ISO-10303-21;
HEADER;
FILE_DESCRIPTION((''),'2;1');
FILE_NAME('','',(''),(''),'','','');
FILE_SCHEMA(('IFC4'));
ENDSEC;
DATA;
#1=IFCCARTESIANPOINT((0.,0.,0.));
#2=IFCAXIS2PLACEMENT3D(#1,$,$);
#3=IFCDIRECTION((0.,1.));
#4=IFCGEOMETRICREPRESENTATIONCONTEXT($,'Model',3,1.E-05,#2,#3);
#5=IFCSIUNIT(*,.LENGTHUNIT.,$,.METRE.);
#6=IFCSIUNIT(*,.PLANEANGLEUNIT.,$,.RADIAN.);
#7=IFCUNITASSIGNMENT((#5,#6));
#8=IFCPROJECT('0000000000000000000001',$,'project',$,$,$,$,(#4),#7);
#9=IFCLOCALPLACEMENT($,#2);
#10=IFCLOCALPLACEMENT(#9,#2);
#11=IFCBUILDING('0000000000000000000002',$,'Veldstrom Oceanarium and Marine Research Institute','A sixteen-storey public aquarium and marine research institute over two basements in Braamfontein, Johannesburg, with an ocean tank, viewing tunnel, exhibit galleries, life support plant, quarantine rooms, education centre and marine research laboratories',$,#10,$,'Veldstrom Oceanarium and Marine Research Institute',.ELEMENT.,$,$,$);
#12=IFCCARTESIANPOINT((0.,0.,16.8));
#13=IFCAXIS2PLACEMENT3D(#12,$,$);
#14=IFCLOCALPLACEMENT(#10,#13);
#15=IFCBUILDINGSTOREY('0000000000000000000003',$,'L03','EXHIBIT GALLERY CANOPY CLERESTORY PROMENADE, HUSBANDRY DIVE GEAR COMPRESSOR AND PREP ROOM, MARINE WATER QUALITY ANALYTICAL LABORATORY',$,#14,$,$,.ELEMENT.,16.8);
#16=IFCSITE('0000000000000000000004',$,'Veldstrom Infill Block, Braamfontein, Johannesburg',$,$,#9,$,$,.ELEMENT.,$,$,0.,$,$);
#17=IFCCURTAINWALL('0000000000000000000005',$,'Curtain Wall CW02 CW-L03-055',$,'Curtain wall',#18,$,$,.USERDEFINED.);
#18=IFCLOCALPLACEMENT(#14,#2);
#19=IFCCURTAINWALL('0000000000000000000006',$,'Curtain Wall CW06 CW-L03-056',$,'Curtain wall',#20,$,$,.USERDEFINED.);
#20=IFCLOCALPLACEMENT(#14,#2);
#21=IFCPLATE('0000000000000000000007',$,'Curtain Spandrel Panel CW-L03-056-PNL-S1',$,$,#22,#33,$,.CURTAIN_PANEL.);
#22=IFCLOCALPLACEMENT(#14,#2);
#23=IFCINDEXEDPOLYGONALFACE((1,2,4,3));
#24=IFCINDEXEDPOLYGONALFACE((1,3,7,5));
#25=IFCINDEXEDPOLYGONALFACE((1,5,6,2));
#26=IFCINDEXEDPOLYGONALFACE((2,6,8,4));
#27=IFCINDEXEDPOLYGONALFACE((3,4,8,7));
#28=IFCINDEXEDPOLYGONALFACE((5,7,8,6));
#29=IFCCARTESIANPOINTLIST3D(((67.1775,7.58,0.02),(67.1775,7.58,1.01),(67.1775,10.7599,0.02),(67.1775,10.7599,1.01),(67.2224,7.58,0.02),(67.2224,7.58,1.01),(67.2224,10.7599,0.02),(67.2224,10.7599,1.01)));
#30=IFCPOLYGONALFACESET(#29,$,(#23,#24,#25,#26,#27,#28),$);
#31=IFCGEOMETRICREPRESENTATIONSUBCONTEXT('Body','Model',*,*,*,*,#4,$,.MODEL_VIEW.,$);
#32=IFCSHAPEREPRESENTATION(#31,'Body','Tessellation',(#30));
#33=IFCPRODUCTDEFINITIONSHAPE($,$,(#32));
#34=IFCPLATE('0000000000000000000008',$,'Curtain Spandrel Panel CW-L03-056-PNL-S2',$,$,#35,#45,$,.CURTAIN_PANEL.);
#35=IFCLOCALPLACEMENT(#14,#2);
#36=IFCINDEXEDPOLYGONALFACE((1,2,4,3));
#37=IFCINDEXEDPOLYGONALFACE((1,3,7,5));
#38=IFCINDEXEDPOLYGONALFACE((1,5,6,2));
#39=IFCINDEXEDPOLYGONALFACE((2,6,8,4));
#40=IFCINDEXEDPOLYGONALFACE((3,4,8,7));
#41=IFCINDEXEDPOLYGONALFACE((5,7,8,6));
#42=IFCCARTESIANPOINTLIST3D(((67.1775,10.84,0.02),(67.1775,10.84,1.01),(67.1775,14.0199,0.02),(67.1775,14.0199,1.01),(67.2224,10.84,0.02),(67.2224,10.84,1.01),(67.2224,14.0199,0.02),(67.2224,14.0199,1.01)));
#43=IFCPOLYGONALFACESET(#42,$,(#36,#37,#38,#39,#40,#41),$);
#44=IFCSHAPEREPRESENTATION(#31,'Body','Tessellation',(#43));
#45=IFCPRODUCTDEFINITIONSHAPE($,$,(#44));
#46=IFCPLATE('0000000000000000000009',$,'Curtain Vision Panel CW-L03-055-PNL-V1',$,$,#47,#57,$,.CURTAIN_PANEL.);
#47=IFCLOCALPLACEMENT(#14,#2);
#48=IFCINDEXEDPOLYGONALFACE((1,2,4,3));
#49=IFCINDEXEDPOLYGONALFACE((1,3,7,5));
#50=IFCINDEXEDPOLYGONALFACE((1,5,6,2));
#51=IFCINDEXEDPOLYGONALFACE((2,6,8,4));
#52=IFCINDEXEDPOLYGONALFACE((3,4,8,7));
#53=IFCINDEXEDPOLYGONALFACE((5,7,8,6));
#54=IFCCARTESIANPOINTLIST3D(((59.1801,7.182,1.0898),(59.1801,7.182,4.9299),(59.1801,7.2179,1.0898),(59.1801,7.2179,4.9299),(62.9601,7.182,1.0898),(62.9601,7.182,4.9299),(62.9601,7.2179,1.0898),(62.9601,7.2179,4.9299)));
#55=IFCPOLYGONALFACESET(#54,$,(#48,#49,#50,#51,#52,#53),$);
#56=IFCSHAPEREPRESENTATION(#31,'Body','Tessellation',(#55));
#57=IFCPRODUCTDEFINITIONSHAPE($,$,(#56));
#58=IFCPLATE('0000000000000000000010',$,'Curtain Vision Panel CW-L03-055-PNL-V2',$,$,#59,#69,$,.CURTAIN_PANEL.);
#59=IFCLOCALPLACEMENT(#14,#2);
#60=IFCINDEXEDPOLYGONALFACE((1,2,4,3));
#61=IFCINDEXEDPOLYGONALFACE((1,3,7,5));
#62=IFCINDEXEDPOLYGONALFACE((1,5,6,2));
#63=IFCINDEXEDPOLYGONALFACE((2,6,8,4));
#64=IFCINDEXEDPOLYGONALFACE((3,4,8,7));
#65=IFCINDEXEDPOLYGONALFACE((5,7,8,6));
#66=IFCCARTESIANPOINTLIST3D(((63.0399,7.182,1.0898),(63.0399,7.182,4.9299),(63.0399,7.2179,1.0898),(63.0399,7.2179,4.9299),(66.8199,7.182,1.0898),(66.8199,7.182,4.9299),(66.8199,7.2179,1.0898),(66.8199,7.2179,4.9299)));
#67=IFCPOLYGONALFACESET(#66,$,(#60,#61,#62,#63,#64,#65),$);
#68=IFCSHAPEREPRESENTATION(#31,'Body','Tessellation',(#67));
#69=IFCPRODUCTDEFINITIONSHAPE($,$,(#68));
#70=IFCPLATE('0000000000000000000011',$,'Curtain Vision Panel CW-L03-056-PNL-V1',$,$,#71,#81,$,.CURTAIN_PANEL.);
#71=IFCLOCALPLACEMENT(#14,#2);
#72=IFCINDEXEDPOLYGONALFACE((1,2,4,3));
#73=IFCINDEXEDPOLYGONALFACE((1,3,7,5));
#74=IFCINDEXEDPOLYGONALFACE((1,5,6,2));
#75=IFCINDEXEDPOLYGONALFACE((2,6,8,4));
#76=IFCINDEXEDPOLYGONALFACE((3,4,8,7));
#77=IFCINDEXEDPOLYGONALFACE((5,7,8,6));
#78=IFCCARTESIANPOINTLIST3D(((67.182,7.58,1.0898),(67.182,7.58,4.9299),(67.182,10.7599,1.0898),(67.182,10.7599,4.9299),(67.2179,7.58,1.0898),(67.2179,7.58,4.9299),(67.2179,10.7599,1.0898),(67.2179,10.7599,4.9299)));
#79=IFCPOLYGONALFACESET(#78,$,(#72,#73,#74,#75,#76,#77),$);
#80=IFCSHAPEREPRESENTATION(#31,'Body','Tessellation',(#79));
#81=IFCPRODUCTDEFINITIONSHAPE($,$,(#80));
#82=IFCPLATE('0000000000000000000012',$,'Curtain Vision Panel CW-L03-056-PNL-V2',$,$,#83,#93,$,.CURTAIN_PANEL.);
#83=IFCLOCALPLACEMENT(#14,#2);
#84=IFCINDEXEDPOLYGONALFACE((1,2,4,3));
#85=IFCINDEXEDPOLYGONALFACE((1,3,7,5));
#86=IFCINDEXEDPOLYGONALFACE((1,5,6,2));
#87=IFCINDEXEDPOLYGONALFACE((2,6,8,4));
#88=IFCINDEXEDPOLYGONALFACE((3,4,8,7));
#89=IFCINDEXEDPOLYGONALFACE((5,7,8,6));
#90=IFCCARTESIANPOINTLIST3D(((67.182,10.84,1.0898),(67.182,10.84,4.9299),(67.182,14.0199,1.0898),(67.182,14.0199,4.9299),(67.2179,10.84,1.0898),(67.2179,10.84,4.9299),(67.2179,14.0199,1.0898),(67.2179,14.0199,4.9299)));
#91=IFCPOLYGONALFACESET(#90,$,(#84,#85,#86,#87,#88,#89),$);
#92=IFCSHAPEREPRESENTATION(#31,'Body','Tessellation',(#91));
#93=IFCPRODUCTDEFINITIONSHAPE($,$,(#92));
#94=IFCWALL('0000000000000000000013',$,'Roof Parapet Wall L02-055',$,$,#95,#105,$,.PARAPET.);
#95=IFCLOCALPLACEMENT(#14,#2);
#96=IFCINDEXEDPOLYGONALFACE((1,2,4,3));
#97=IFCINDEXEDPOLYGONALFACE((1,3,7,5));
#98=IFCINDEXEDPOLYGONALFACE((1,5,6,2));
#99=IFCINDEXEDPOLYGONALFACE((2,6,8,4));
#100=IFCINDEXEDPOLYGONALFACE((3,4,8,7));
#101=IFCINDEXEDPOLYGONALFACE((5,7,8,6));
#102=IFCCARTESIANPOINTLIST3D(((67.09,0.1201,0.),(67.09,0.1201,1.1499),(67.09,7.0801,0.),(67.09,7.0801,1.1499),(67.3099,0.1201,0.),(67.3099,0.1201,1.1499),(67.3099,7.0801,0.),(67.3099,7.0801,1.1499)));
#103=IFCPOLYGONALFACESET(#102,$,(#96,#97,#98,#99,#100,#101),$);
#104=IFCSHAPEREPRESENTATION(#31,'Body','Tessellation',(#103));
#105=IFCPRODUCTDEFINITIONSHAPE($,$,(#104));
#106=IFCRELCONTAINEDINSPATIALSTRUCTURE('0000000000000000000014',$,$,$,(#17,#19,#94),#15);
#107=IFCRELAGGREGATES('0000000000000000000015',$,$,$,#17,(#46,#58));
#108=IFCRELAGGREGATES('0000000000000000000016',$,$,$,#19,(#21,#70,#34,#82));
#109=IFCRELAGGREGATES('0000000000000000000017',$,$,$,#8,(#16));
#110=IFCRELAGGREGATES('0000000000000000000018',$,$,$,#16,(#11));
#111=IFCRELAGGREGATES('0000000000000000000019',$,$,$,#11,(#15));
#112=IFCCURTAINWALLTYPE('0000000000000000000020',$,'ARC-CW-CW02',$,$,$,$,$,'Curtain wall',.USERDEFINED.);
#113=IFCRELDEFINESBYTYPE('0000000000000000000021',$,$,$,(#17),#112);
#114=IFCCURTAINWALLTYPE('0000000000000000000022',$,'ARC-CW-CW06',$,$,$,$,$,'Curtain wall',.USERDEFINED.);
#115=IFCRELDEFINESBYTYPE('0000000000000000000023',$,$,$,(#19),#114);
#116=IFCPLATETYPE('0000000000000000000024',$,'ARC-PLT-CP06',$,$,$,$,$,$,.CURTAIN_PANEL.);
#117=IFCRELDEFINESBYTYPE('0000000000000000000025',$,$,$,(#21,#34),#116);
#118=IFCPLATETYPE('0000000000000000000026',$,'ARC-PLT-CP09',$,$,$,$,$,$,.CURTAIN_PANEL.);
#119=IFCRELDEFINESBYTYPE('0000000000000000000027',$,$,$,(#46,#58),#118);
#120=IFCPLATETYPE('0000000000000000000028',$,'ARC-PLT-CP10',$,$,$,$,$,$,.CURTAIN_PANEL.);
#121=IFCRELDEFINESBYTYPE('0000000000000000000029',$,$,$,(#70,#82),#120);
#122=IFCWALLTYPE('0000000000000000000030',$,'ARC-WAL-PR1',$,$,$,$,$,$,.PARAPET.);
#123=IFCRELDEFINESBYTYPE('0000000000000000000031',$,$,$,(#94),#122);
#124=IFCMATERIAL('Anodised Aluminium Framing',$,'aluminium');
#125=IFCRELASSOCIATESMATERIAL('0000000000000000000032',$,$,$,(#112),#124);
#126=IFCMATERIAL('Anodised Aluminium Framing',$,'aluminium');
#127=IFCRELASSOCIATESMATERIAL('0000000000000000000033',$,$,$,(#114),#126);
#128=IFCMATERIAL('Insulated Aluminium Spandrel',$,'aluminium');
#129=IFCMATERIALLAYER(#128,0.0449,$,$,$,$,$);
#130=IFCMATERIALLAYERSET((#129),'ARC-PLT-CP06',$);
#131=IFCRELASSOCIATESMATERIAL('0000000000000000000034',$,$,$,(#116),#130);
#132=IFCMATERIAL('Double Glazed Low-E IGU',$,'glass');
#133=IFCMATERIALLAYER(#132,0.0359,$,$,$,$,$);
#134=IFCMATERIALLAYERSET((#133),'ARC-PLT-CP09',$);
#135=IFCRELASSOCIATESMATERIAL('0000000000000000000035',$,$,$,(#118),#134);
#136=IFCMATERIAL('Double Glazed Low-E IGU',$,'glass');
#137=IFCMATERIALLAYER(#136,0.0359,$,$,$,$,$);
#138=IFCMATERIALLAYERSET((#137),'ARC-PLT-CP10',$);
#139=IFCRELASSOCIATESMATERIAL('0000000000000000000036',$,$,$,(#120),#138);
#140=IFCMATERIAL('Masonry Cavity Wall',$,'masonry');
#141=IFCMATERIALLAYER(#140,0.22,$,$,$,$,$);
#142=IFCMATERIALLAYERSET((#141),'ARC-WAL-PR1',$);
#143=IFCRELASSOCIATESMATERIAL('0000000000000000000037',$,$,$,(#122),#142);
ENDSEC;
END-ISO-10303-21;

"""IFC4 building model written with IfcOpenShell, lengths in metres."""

from ifc_helpers import new_model, si_unit, direction, frame, frame_2d, origin, origin_2d, place, context, subcontext, project, spatial, rectangle, extrude, material, layer, layer_set, type_object, element, aggregate, save


model = new_model("IFC4")

# Units and contexts
model_context = context("Model", 3, precision=1e-05, world=origin(), true_north=direction((0.0, 1.0)))
body_context = subcontext(model_context, "Body", "Model", "MODEL_VIEW")
ifc_project = project(units=[si_unit("LENGTHUNIT", "METRE"), si_unit("PLANEANGLEUNIT", "RADIAN")], contexts=[model_context])

# Site, building, storey
site_placement = place(None, origin())
site = spatial("IfcSite", under=ifc_project, at=site_placement, Name="Veldstrom Infill Block, Braamfontein, Johannesburg", CompositionType="ELEMENT", RefElevation=0.0)
building_placement = place(site_placement, origin())
building = spatial("IfcBuilding", under=site, at=building_placement, Name="Veldstrom Oceanarium and Marine Research Institute", Description="A sixteen-storey public aquarium and marine research institute over two basements in Braamfontein, Johannesburg, with an ocean tank, viewing tunnel, exhibit galleries, life support plant, quarantine rooms, education centre and marine research laboratories", LongName="Veldstrom Oceanarium and Marine Research Institute", CompositionType="ELEMENT")
storey_placement = place(building_placement, frame((0.0, 0.0, 16.8)))
storey = spatial("IfcBuildingStorey", under=building, at=storey_placement, Name="L03", Description="EXHIBIT GALLERY CANOPY CLERESTORY PROMENADE, HUSBANDRY DIVE GEAR COMPRESSOR AND PREP ROOM, MARINE WATER QUALITY ANALYTICAL LABORATORY", CompositionType="ELEMENT", Elevation=16.8)

# Curtain walls
ifc_material_1 = material(Name="Anodised Aluminium Framing", Category="aluminium")
curtain_wall_type_1 = type_object("IfcCurtainWallType", Name="ARC-CW-CW02", ElementType="Curtain wall", PredefinedType="USERDEFINED", material=ifc_material_1)
curtain_wall_1_placement = place(storey_placement, origin())
curtain_wall_1 = element("IfcCurtainWall", 1, at=curtain_wall_1_placement, inside=storey, type_object=curtain_wall_type_1, Name="Curtain Wall CW02 CW-L03-055", ObjectType="Curtain wall", PredefinedType="USERDEFINED")
ifc_material_2 = material(Name="Anodised Aluminium Framing", Category="aluminium")
curtain_wall_type_2 = type_object("IfcCurtainWallType", Name="ARC-CW-CW06", ElementType="Curtain wall", PredefinedType="USERDEFINED", material=ifc_material_2)
curtain_wall_2_placement = place(storey_placement, origin())
curtain_wall_2 = element("IfcCurtainWall", 2, at=curtain_wall_2_placement, inside=storey, type_object=curtain_wall_type_2, Name="Curtain Wall CW06 CW-L03-056", ObjectType="Curtain wall", PredefinedType="USERDEFINED")

# Plates
ifc_material_3 = material(Name="Insulated Aluminium Spandrel", Category="aluminium")
ifc_layer_1 = layer(ifc_material_3, 0.0449)
ifc_layer_set_1 = layer_set([ifc_layer_1], Name="ARC-PLT-CP06")
plate_type_1 = type_object("IfcPlateType", Name="ARC-PLT-CP06", PredefinedType="CURTAIN_PANEL", material=ifc_layer_set_1)
plate_1_placement = place(storey_placement, frame((67.2, 9.1699, 0.02), z_axis=(0.0, 0.0, 1.0), x_axis=(0.0, 1.0, 0.0)))
plate_1 = element("IfcPlate", 3, at=plate_1_placement, type_object=plate_type_1, Name="Curtain Spandrel Panel CW-L03-056-PNL-S1", PredefinedType="CURTAIN_PANEL", context=body_context, shape_type="SweptSolid", body=[
    extrude(rectangle(XDim=3.1799, YDim=0.0449, at=origin_2d()), origin(), (0.0, 0.0, 1.0), 0.99),
])
plate_2_placement = place(storey_placement, frame((67.2, 12.4299, 0.02), z_axis=(0.0, 0.0, 1.0), x_axis=(0.0, 1.0, 0.0)))
plate_2 = element("IfcPlate", 4, at=plate_2_placement, type_object=plate_type_1, Name="Curtain Spandrel Panel CW-L03-056-PNL-S2", PredefinedType="CURTAIN_PANEL", context=body_context, shape_type="SweptSolid", body=[
    extrude(rectangle(XDim=3.1799, YDim=0.0449, at=origin_2d()), origin(), (0.0, 0.0, 1.0), 0.99),
])
ifc_material_4 = material(Name="Double Glazed Low-E IGU", Category="glass")
ifc_layer_2 = layer(ifc_material_4, 0.0359)
ifc_layer_set_2 = layer_set([ifc_layer_2], Name="ARC-PLT-CP09")
plate_type_2 = type_object("IfcPlateType", Name="ARC-PLT-CP09", PredefinedType="CURTAIN_PANEL", material=ifc_layer_set_2)
plate_3_placement = place(storey_placement, frame((61.0701, 7.2, 1.0898), z_axis=(0.0, 0.0, 1.0), x_axis=(1.0, 0.0, 0.0)))
plate_3 = element("IfcPlate", 5, at=plate_3_placement, type_object=plate_type_2, Name="Curtain Vision Panel CW-L03-055-PNL-V1", PredefinedType="CURTAIN_PANEL", context=body_context, shape_type="SweptSolid", body=[
    extrude(rectangle(XDim=3.78, YDim=0.0359, at=origin_2d()), origin(), (0.0, 0.0, 1.0), 3.8401),
])
plate_4_placement = place(storey_placement, frame((64.9299, 7.2, 1.0898), z_axis=(0.0, 0.0, 1.0), x_axis=(1.0, 0.0, 0.0)))
plate_4 = element("IfcPlate", 6, at=plate_4_placement, type_object=plate_type_2, Name="Curtain Vision Panel CW-L03-055-PNL-V2", PredefinedType="CURTAIN_PANEL", context=body_context, shape_type="SweptSolid", body=[
    extrude(rectangle(XDim=3.78, YDim=0.0359, at=origin_2d()), origin(), (0.0, 0.0, 1.0), 3.8401),
])
aggregate(curtain_wall_1, [plate_3, plate_4])
ifc_material_5 = material(Name="Double Glazed Low-E IGU", Category="glass")
ifc_layer_3 = layer(ifc_material_5, 0.0359)
ifc_layer_set_3 = layer_set([ifc_layer_3], Name="ARC-PLT-CP10")
plate_type_3 = type_object("IfcPlateType", Name="ARC-PLT-CP10", PredefinedType="CURTAIN_PANEL", material=ifc_layer_set_3)
plate_5_placement = place(storey_placement, frame((67.2, 9.1699, 1.0898), z_axis=(0.0, 0.0, 1.0), x_axis=(0.0, 1.0, 0.0)))
plate_5 = element("IfcPlate", 7, at=plate_5_placement, type_object=plate_type_3, Name="Curtain Vision Panel CW-L03-056-PNL-V1", PredefinedType="CURTAIN_PANEL", context=body_context, shape_type="SweptSolid", body=[
    extrude(rectangle(XDim=3.1799, YDim=0.0359, at=origin_2d()), origin(), (0.0, 0.0, 1.0), 3.8401),
])
plate_6_placement = place(storey_placement, frame((67.2, 12.4299, 1.0898), z_axis=(0.0, 0.0, 1.0), x_axis=(0.0, 1.0, 0.0)))
plate_6 = element("IfcPlate", 8, at=plate_6_placement, type_object=plate_type_3, Name="Curtain Vision Panel CW-L03-056-PNL-V2", PredefinedType="CURTAIN_PANEL", context=body_context, shape_type="SweptSolid", body=[
    extrude(rectangle(XDim=3.1799, YDim=0.0359, at=origin_2d()), origin(), (0.0, 0.0, 1.0), 3.8401),
])
aggregate(curtain_wall_2, [plate_1, plate_5, plate_2, plate_6])

# Wall
ifc_material_6 = material(Name="Masonry Cavity Wall", Category="masonry")
ifc_layer_4 = layer(ifc_material_6, 0.22)
ifc_layer_set_4 = layer_set([ifc_layer_4], Name="ARC-WAL-PR1")
wall_type = type_object("IfcWallType", Name="ARC-WAL-PR1", PredefinedType="PARAPET", material=ifc_layer_set_4)
wall_placement = place(storey_placement, frame((67.2, 0.1201, 0.0), z_axis=(0.0, 0.0, 1.0), x_axis=(0.0, 1.0, 0.0)))
element("IfcWall", 9, at=wall_placement, inside=storey, type_object=wall_type, Name="Roof Parapet Wall L02-055", PredefinedType="PARAPET", context=body_context, shape_type="SweptSolid", body=[
    extrude(rectangle(XDim=6.96, YDim=0.22, at=frame_2d((3.48, 0.0))), origin(), (0.0, 0.0, 1.0), 1.1499),
])

save(model, "model.ifc")
